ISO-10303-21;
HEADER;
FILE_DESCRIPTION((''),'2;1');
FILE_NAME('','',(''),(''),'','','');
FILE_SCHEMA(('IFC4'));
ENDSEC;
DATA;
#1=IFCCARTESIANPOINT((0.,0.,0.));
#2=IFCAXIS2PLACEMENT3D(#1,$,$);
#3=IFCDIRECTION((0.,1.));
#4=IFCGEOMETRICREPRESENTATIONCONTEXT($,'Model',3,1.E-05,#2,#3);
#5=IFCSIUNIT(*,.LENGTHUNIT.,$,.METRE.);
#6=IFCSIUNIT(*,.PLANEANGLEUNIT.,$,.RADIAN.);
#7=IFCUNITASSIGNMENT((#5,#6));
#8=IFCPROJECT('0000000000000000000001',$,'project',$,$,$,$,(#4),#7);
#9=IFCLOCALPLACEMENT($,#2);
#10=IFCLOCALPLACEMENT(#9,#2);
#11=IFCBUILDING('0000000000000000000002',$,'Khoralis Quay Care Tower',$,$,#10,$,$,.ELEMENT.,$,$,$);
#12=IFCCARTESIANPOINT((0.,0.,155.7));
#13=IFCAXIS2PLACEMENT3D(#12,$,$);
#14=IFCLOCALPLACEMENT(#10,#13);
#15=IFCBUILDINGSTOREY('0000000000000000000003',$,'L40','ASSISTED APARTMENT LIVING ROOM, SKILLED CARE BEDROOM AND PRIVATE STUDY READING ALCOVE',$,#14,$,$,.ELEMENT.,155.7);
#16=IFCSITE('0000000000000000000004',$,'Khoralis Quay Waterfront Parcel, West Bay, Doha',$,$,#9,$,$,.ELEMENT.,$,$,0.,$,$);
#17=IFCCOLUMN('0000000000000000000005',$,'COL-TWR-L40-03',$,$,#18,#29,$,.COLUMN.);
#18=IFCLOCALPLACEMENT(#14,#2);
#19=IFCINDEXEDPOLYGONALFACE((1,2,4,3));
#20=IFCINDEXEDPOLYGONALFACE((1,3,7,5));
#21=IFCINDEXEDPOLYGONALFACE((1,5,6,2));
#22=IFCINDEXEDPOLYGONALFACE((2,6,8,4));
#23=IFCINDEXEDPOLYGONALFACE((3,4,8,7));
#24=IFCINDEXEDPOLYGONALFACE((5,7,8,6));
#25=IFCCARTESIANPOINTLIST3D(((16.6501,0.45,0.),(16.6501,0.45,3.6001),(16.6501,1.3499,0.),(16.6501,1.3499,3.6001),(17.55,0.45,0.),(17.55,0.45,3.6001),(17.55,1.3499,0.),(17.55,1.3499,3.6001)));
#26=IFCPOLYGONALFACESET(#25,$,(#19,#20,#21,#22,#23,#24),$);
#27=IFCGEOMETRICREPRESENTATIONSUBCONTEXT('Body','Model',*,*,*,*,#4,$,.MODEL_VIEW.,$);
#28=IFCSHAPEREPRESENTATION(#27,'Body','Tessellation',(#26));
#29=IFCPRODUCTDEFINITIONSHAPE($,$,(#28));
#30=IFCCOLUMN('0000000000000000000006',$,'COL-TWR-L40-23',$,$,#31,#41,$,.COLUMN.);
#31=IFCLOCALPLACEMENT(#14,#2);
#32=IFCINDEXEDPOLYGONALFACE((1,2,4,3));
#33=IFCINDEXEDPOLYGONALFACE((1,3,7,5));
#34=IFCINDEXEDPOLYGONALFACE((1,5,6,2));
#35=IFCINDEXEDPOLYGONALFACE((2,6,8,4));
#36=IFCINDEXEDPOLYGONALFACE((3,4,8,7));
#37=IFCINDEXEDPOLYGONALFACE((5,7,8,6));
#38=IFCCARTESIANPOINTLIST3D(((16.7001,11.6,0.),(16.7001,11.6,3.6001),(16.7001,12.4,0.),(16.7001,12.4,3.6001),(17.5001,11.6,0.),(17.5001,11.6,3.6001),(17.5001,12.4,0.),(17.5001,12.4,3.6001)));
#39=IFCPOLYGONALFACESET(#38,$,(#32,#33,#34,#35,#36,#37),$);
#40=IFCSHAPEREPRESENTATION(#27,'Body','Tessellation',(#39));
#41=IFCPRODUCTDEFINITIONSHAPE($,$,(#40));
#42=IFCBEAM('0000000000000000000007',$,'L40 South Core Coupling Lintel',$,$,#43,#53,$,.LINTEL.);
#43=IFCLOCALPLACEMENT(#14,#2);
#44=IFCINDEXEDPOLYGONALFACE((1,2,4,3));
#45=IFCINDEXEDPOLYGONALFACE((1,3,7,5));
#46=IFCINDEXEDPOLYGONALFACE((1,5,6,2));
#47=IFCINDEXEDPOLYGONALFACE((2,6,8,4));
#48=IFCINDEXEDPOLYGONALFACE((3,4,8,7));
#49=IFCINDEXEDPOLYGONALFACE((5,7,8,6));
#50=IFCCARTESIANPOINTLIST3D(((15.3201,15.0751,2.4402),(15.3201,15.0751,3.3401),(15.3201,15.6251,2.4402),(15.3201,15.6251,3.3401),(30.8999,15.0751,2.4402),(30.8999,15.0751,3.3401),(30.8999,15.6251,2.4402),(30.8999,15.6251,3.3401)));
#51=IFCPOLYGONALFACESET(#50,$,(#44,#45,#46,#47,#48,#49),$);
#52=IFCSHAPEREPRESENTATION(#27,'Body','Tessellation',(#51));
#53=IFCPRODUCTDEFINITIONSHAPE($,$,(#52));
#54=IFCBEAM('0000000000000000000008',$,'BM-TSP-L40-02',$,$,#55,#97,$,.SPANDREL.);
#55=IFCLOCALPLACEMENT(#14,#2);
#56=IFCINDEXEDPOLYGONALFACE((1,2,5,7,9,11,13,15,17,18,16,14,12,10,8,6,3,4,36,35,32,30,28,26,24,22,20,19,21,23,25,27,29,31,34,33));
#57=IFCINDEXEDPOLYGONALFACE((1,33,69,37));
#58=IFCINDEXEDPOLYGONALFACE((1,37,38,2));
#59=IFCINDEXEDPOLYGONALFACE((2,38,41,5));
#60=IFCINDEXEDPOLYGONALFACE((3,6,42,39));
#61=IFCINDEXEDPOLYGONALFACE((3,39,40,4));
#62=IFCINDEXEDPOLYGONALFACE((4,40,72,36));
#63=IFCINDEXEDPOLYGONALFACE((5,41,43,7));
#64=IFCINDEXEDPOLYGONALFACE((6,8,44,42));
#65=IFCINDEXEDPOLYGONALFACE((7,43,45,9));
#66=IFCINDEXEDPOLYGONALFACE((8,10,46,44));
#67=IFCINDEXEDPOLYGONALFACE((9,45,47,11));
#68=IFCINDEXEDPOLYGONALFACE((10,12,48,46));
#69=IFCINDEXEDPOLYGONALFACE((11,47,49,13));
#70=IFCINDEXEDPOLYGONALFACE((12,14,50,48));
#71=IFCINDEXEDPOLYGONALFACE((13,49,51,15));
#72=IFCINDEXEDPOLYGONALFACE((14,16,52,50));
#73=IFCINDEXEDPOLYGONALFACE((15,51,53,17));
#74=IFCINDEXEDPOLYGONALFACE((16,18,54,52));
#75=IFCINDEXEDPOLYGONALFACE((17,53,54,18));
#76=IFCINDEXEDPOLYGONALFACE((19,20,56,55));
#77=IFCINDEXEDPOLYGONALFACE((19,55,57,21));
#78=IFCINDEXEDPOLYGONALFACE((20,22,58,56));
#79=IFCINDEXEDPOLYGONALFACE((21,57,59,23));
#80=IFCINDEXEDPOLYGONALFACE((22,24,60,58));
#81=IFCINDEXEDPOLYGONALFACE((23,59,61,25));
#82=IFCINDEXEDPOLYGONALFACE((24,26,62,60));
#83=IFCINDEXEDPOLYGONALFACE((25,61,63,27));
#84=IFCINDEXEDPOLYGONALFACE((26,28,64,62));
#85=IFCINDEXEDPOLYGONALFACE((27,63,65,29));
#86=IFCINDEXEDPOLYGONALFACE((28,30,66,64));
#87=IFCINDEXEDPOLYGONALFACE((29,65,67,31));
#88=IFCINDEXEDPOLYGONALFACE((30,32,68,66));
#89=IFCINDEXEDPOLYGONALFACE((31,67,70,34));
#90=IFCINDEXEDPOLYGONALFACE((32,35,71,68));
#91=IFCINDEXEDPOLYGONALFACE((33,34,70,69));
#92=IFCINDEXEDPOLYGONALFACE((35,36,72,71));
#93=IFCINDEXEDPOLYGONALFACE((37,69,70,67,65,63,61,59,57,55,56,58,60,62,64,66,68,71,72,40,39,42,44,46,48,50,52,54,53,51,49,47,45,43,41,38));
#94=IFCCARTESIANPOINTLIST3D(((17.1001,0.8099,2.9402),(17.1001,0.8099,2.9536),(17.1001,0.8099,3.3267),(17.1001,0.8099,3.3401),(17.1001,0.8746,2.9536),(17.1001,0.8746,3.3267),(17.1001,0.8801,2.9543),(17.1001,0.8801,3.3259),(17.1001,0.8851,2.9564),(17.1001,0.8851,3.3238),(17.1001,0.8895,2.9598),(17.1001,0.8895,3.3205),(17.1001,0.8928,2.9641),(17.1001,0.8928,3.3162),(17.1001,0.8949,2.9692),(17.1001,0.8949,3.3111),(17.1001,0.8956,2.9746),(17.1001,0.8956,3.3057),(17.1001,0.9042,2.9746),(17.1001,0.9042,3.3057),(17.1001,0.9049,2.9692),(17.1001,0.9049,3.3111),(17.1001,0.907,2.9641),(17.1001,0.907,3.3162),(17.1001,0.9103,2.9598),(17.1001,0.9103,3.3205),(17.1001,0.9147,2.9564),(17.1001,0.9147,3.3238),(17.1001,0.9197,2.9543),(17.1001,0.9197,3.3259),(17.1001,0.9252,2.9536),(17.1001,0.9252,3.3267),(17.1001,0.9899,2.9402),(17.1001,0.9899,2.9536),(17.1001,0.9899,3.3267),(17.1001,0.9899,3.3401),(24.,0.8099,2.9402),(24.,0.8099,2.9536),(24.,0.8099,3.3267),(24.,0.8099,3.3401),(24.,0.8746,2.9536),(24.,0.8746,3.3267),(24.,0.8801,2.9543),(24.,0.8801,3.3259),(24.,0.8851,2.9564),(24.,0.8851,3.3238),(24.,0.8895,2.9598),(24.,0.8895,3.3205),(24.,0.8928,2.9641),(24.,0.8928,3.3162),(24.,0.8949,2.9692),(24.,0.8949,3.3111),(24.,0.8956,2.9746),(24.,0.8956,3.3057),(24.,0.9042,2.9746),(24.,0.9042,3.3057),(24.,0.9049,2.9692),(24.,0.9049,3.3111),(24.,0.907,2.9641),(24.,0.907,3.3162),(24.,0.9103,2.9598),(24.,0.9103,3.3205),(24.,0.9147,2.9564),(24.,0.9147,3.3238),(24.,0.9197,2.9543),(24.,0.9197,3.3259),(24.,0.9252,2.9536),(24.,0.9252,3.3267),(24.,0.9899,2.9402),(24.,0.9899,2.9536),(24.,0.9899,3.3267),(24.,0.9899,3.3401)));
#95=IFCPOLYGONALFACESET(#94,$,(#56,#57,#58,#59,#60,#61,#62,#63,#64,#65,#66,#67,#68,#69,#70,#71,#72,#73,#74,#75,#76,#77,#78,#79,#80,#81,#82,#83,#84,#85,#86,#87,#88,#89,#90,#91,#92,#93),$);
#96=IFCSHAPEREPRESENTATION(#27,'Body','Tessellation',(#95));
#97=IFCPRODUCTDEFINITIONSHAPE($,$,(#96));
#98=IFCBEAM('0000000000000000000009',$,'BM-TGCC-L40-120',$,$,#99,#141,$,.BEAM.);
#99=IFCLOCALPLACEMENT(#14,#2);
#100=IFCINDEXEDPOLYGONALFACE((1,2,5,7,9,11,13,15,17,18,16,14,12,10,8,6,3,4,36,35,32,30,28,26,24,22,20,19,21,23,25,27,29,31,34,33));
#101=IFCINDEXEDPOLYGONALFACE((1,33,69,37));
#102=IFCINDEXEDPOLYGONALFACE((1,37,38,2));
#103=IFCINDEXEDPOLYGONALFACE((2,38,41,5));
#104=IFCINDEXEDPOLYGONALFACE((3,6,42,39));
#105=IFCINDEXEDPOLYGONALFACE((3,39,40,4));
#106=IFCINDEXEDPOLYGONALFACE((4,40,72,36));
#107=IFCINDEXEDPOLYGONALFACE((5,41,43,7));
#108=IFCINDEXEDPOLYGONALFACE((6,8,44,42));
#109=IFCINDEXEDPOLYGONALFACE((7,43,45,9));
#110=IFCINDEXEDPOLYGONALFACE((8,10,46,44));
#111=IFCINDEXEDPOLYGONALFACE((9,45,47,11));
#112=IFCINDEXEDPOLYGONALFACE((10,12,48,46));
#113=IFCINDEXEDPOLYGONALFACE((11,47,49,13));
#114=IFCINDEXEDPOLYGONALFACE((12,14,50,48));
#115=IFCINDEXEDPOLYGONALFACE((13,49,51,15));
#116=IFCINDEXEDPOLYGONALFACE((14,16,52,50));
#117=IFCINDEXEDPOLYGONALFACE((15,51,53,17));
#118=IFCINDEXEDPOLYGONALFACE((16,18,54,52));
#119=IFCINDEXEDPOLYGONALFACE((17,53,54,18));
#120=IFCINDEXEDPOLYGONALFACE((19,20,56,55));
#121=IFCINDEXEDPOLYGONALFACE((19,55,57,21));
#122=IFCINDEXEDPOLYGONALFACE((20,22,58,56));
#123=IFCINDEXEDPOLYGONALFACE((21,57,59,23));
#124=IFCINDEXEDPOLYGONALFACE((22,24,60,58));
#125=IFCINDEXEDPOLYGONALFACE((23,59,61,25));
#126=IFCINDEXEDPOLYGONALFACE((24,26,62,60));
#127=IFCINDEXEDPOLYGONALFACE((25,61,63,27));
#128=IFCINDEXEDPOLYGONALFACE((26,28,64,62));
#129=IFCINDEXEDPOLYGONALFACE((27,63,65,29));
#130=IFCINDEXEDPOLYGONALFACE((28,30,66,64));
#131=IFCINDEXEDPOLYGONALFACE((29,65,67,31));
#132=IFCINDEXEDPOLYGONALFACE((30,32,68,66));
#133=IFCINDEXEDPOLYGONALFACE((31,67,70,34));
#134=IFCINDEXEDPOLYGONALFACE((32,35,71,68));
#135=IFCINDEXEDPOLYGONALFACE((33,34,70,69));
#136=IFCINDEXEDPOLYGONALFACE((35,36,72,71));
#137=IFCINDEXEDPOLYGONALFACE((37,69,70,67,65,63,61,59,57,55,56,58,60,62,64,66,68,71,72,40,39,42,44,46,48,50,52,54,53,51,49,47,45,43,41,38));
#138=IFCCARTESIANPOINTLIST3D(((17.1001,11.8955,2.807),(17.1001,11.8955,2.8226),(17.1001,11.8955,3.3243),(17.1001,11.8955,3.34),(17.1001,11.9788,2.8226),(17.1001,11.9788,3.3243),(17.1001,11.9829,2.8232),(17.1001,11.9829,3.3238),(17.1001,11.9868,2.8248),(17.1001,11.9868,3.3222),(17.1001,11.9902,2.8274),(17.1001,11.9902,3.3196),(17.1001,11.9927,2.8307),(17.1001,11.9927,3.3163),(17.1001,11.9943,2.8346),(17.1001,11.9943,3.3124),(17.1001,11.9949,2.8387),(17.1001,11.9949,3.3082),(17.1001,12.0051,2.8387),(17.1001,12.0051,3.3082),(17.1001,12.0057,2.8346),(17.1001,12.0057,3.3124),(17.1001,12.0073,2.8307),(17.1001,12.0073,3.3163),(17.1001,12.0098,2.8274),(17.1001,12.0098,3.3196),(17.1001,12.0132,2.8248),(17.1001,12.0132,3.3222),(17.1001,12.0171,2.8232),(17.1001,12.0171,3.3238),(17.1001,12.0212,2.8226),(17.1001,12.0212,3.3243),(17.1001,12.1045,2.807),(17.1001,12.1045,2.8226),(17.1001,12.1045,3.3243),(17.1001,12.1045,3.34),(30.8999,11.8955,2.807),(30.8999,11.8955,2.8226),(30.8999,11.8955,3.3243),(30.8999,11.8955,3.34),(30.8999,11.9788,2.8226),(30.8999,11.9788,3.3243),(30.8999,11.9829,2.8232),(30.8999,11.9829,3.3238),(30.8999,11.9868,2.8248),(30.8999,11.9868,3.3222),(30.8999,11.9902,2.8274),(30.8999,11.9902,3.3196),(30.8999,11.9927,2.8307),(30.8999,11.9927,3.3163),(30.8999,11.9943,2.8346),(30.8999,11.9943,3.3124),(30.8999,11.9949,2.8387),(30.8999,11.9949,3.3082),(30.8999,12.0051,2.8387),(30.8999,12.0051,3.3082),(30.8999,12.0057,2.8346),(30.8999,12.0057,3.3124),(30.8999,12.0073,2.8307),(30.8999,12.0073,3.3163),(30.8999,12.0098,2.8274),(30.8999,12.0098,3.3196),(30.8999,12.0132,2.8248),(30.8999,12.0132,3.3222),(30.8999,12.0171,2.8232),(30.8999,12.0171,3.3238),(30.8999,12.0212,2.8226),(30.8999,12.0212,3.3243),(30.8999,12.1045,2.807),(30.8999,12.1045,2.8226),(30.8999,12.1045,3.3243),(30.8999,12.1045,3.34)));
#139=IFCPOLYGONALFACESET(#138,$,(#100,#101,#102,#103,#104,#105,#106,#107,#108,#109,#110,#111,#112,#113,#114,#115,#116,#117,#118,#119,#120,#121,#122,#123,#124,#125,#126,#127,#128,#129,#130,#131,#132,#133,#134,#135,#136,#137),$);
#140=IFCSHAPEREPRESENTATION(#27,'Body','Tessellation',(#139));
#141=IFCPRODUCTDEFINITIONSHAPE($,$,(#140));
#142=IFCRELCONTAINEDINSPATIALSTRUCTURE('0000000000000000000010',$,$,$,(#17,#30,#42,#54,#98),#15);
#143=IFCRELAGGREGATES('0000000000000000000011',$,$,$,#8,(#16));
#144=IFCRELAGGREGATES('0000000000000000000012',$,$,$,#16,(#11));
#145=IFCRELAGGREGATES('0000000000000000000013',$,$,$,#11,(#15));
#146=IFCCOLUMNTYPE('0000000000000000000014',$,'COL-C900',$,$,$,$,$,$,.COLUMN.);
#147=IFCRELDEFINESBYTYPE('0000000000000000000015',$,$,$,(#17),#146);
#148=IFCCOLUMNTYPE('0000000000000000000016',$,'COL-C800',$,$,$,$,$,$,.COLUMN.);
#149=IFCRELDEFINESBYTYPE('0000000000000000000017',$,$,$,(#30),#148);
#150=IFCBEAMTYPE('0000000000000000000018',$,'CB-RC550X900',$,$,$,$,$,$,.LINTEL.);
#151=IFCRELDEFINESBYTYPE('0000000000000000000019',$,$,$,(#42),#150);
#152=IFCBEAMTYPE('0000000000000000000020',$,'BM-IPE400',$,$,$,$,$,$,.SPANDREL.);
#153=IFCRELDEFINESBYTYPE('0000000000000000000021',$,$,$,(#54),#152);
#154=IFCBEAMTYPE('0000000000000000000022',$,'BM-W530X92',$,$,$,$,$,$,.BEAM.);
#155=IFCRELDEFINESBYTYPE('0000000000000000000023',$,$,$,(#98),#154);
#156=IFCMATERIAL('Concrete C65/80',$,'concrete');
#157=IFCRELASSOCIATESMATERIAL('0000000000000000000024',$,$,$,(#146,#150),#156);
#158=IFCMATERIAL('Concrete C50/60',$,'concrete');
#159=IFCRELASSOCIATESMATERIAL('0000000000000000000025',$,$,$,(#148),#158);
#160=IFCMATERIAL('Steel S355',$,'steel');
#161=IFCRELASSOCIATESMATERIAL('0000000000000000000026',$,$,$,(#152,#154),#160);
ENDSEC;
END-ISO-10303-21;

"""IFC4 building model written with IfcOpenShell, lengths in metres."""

from ifc_helpers import new_model, si_unit, direction, frame, origin, origin_2d, place, context, subcontext, project, spatial, rectangle, i_section, extrude, source, transform, mapped, material, material_profile, profile_set, type_object, element, save


model = new_model("IFC4")

# Units and contexts
model_context = context("Model", 3, precision=1e-05, world=origin(), true_north=direction((0.0, 1.0)))
body_context = subcontext(model_context, "Body", "Model", "MODEL_VIEW")
ifc_project = project(units=[si_unit("LENGTHUNIT", "METRE"), si_unit("PLANEANGLEUNIT", "RADIAN")], contexts=[model_context])

# Site, building, storey
site_placement = place(None, origin())
site = spatial("IfcSite", under=ifc_project, at=site_placement, Name="Khoralis Quay Waterfront Parcel, West Bay, Doha", CompositionType="ELEMENT", RefElevation=0.0)
building_placement = place(site_placement, origin())
building = spatial("IfcBuilding", under=site, at=building_placement, Name="Khoralis Quay Care Tower", CompositionType="ELEMENT")
storey_placement = place(building_placement, frame((0.0, 0.0, 155.7)))
storey = spatial("IfcBuildingStorey", under=building, at=storey_placement, Name="L40", Description="ASSISTED APARTMENT LIVING ROOM, SKILLED CARE BEDROOM AND PRIVATE STUDY READING ALCOVE", CompositionType="ELEMENT", Elevation=155.7)

# Columns
ifc_material_1 = material(Name="Concrete C65/80", Category="concrete")
ifc_material_profile_1 = material_profile(ifc_material_1, rectangle(XDim=0.8999, YDim=0.8999, at=origin_2d()), Name="Concrete C65/80")
ifc_profile_set_1 = profile_set([ifc_material_profile_1], Name="Concrete C65/80")
column_type_1 = type_object("IfcColumnType", Name="COL-C900", PredefinedType="COLUMN", material=ifc_profile_set_1)
shared_shape_1 = source(origin(), body_context, "Body", "SweptSolid", [
    extrude(rectangle(XDim=0.8999, YDim=0.8999, at=origin_2d()), origin(), (0.0, 0.0, 1.0), 3.6001),
])
column_1_placement = place(storey_placement, frame((17.1001, 0.8999, 0.0), z_axis=(0.0, 0.0, 1.0), x_axis=(1.0, 0.0, 0.0)))
element("IfcColumn", 1, at=column_1_placement, inside=storey, type_object=column_type_1, Name="COL-TWR-L40-03", PredefinedType="COLUMN", context=body_context, shape_type="MappedRepresentation", body=[
    mapped(shared_shape_1, transform((0.0, 0.0, 0.0), scale=1.0)),
])
ifc_material_2 = material(Name="Concrete C50/60", Category="concrete")
ifc_material_profile_2 = material_profile(ifc_material_2, rectangle(XDim=0.8, YDim=0.8, at=origin_2d()), Name="Concrete C50/60")
ifc_profile_set_2 = profile_set([ifc_material_profile_2], Name="Concrete C50/60")
column_type_2 = type_object("IfcColumnType", Name="COL-C800", PredefinedType="COLUMN", material=ifc_profile_set_2)
shared_shape_2 = source(origin(), body_context, "Body", "SweptSolid", [
    extrude(rectangle(XDim=0.8, YDim=0.8, at=origin_2d()), origin(), (0.0, 0.0, 1.0), 3.6001),
])
column_2_placement = place(storey_placement, frame((17.1001, 12.0, 0.0), z_axis=(0.0, 0.0, 1.0), x_axis=(1.0, 0.0, 0.0)))
element("IfcColumn", 2, at=column_2_placement, inside=storey, type_object=column_type_2, Name="COL-TWR-L40-23", PredefinedType="COLUMN", context=body_context, shape_type="MappedRepresentation", body=[
    mapped(shared_shape_2, transform((0.0, 0.0, 0.0), scale=1.0)),
])

# Beams
ifc_material_profile_3 = material_profile(ifc_material_1, rectangle(XDim=0.55, YDim=0.8999, at=origin_2d()), Name="Concrete C65/80")
ifc_profile_set_3 = profile_set([ifc_material_profile_3], Name="Concrete C65/80")
beam_type_1 = type_object("IfcBeamType", Name="CB-RC550X900", PredefinedType="LINTEL", material=ifc_profile_set_3)
shared_shape_3 = source(origin(), body_context, "Body", "SweptSolid", [
    extrude(rectangle(XDim=0.55, YDim=0.8999, at=origin_2d()), origin(), (0.0, 0.0, 1.0), 15.5798),
])
beam_1_placement = place(storey_placement, frame((15.3201, 15.3501, 2.8901), z_axis=(1.0, 0.0, 0.0), x_axis=(0.0, 1.0, 0.0)))
element("IfcBeam", 3, at=beam_1_placement, inside=storey, type_object=beam_type_1, Name="L40 South Core Coupling Lintel", PredefinedType="LINTEL", context=body_context, shape_type="MappedRepresentation", body=[
    mapped(shared_shape_3, transform((0.0, 0.0, 0.0), scale=1.0)),
])
ifc_material_3 = material(Name="Steel S355", Category="steel")
ifc_material_profile_4 = material_profile(ifc_material_3, i_section(OverallWidth=0.1799, OverallDepth=0.3999, WebThickness=0.0085, FlangeThickness=0.0134, FilletRadius=0.021, at=origin_2d()), Name="Steel S355")
ifc_profile_set_4 = profile_set([ifc_material_profile_4], Name="Steel S355")
beam_type_2 = type_object("IfcBeamType", Name="BM-IPE400", PredefinedType="SPANDREL", material=ifc_profile_set_4)
shared_shape_4 = source(origin(), body_context, "Body", "SweptSolid", [
    extrude(i_section(OverallWidth=0.1799, OverallDepth=0.3999, WebThickness=0.0085, FlangeThickness=0.0134, FilletRadius=0.021, at=origin_2d()), origin(), (0.0, 0.0, 1.0), 6.8999),
])
beam_2_placement = place(storey_placement, frame((17.1001, 0.8999, 3.1401), z_axis=(1.0, 0.0, 0.0), x_axis=(0.0, 1.0, 0.0)))
element("IfcBeam", 4, at=beam_2_placement, inside=storey, type_object=beam_type_2, Name="BM-TSP-L40-02", PredefinedType="SPANDREL", context=body_context, shape_type="MappedRepresentation", body=[
    mapped(shared_shape_4, transform((0.0, 0.0, 0.0), scale=1.0)),
])
ifc_material_profile_5 = material_profile(ifc_material_3, i_section(OverallWidth=0.209, OverallDepth=0.533, WebThickness=0.0103, FlangeThickness=0.0156, FilletRadius=0.0161, at=origin_2d()), Name="Steel S355")
ifc_profile_set_5 = profile_set([ifc_material_profile_5], Name="Steel S355")
beam_type_3 = type_object("IfcBeamType", Name="BM-W530X92", PredefinedType="BEAM", material=ifc_profile_set_5)
shared_shape_5 = source(origin(), body_context, "Body", "SweptSolid", [
    extrude(i_section(OverallWidth=0.209, OverallDepth=0.533, WebThickness=0.0103, FlangeThickness=0.0156, FilletRadius=0.0161, at=origin_2d()), origin(), (0.0, 0.0, 1.0), 13.7998),
])
beam_3_placement = place(storey_placement, frame((17.1001, 12.0, 3.0735), z_axis=(1.0, 0.0, 0.0), x_axis=(0.0, 1.0, 0.0)))
element("IfcBeam", 5, at=beam_3_placement, inside=storey, type_object=beam_type_3, Name="BM-TGCC-L40-120", PredefinedType="BEAM", context=body_context, shape_type="MappedRepresentation", body=[
    mapped(shared_shape_5, transform((0.0, 0.0, 0.0), scale=1.0)),
])

save(model, "model.ifc")
